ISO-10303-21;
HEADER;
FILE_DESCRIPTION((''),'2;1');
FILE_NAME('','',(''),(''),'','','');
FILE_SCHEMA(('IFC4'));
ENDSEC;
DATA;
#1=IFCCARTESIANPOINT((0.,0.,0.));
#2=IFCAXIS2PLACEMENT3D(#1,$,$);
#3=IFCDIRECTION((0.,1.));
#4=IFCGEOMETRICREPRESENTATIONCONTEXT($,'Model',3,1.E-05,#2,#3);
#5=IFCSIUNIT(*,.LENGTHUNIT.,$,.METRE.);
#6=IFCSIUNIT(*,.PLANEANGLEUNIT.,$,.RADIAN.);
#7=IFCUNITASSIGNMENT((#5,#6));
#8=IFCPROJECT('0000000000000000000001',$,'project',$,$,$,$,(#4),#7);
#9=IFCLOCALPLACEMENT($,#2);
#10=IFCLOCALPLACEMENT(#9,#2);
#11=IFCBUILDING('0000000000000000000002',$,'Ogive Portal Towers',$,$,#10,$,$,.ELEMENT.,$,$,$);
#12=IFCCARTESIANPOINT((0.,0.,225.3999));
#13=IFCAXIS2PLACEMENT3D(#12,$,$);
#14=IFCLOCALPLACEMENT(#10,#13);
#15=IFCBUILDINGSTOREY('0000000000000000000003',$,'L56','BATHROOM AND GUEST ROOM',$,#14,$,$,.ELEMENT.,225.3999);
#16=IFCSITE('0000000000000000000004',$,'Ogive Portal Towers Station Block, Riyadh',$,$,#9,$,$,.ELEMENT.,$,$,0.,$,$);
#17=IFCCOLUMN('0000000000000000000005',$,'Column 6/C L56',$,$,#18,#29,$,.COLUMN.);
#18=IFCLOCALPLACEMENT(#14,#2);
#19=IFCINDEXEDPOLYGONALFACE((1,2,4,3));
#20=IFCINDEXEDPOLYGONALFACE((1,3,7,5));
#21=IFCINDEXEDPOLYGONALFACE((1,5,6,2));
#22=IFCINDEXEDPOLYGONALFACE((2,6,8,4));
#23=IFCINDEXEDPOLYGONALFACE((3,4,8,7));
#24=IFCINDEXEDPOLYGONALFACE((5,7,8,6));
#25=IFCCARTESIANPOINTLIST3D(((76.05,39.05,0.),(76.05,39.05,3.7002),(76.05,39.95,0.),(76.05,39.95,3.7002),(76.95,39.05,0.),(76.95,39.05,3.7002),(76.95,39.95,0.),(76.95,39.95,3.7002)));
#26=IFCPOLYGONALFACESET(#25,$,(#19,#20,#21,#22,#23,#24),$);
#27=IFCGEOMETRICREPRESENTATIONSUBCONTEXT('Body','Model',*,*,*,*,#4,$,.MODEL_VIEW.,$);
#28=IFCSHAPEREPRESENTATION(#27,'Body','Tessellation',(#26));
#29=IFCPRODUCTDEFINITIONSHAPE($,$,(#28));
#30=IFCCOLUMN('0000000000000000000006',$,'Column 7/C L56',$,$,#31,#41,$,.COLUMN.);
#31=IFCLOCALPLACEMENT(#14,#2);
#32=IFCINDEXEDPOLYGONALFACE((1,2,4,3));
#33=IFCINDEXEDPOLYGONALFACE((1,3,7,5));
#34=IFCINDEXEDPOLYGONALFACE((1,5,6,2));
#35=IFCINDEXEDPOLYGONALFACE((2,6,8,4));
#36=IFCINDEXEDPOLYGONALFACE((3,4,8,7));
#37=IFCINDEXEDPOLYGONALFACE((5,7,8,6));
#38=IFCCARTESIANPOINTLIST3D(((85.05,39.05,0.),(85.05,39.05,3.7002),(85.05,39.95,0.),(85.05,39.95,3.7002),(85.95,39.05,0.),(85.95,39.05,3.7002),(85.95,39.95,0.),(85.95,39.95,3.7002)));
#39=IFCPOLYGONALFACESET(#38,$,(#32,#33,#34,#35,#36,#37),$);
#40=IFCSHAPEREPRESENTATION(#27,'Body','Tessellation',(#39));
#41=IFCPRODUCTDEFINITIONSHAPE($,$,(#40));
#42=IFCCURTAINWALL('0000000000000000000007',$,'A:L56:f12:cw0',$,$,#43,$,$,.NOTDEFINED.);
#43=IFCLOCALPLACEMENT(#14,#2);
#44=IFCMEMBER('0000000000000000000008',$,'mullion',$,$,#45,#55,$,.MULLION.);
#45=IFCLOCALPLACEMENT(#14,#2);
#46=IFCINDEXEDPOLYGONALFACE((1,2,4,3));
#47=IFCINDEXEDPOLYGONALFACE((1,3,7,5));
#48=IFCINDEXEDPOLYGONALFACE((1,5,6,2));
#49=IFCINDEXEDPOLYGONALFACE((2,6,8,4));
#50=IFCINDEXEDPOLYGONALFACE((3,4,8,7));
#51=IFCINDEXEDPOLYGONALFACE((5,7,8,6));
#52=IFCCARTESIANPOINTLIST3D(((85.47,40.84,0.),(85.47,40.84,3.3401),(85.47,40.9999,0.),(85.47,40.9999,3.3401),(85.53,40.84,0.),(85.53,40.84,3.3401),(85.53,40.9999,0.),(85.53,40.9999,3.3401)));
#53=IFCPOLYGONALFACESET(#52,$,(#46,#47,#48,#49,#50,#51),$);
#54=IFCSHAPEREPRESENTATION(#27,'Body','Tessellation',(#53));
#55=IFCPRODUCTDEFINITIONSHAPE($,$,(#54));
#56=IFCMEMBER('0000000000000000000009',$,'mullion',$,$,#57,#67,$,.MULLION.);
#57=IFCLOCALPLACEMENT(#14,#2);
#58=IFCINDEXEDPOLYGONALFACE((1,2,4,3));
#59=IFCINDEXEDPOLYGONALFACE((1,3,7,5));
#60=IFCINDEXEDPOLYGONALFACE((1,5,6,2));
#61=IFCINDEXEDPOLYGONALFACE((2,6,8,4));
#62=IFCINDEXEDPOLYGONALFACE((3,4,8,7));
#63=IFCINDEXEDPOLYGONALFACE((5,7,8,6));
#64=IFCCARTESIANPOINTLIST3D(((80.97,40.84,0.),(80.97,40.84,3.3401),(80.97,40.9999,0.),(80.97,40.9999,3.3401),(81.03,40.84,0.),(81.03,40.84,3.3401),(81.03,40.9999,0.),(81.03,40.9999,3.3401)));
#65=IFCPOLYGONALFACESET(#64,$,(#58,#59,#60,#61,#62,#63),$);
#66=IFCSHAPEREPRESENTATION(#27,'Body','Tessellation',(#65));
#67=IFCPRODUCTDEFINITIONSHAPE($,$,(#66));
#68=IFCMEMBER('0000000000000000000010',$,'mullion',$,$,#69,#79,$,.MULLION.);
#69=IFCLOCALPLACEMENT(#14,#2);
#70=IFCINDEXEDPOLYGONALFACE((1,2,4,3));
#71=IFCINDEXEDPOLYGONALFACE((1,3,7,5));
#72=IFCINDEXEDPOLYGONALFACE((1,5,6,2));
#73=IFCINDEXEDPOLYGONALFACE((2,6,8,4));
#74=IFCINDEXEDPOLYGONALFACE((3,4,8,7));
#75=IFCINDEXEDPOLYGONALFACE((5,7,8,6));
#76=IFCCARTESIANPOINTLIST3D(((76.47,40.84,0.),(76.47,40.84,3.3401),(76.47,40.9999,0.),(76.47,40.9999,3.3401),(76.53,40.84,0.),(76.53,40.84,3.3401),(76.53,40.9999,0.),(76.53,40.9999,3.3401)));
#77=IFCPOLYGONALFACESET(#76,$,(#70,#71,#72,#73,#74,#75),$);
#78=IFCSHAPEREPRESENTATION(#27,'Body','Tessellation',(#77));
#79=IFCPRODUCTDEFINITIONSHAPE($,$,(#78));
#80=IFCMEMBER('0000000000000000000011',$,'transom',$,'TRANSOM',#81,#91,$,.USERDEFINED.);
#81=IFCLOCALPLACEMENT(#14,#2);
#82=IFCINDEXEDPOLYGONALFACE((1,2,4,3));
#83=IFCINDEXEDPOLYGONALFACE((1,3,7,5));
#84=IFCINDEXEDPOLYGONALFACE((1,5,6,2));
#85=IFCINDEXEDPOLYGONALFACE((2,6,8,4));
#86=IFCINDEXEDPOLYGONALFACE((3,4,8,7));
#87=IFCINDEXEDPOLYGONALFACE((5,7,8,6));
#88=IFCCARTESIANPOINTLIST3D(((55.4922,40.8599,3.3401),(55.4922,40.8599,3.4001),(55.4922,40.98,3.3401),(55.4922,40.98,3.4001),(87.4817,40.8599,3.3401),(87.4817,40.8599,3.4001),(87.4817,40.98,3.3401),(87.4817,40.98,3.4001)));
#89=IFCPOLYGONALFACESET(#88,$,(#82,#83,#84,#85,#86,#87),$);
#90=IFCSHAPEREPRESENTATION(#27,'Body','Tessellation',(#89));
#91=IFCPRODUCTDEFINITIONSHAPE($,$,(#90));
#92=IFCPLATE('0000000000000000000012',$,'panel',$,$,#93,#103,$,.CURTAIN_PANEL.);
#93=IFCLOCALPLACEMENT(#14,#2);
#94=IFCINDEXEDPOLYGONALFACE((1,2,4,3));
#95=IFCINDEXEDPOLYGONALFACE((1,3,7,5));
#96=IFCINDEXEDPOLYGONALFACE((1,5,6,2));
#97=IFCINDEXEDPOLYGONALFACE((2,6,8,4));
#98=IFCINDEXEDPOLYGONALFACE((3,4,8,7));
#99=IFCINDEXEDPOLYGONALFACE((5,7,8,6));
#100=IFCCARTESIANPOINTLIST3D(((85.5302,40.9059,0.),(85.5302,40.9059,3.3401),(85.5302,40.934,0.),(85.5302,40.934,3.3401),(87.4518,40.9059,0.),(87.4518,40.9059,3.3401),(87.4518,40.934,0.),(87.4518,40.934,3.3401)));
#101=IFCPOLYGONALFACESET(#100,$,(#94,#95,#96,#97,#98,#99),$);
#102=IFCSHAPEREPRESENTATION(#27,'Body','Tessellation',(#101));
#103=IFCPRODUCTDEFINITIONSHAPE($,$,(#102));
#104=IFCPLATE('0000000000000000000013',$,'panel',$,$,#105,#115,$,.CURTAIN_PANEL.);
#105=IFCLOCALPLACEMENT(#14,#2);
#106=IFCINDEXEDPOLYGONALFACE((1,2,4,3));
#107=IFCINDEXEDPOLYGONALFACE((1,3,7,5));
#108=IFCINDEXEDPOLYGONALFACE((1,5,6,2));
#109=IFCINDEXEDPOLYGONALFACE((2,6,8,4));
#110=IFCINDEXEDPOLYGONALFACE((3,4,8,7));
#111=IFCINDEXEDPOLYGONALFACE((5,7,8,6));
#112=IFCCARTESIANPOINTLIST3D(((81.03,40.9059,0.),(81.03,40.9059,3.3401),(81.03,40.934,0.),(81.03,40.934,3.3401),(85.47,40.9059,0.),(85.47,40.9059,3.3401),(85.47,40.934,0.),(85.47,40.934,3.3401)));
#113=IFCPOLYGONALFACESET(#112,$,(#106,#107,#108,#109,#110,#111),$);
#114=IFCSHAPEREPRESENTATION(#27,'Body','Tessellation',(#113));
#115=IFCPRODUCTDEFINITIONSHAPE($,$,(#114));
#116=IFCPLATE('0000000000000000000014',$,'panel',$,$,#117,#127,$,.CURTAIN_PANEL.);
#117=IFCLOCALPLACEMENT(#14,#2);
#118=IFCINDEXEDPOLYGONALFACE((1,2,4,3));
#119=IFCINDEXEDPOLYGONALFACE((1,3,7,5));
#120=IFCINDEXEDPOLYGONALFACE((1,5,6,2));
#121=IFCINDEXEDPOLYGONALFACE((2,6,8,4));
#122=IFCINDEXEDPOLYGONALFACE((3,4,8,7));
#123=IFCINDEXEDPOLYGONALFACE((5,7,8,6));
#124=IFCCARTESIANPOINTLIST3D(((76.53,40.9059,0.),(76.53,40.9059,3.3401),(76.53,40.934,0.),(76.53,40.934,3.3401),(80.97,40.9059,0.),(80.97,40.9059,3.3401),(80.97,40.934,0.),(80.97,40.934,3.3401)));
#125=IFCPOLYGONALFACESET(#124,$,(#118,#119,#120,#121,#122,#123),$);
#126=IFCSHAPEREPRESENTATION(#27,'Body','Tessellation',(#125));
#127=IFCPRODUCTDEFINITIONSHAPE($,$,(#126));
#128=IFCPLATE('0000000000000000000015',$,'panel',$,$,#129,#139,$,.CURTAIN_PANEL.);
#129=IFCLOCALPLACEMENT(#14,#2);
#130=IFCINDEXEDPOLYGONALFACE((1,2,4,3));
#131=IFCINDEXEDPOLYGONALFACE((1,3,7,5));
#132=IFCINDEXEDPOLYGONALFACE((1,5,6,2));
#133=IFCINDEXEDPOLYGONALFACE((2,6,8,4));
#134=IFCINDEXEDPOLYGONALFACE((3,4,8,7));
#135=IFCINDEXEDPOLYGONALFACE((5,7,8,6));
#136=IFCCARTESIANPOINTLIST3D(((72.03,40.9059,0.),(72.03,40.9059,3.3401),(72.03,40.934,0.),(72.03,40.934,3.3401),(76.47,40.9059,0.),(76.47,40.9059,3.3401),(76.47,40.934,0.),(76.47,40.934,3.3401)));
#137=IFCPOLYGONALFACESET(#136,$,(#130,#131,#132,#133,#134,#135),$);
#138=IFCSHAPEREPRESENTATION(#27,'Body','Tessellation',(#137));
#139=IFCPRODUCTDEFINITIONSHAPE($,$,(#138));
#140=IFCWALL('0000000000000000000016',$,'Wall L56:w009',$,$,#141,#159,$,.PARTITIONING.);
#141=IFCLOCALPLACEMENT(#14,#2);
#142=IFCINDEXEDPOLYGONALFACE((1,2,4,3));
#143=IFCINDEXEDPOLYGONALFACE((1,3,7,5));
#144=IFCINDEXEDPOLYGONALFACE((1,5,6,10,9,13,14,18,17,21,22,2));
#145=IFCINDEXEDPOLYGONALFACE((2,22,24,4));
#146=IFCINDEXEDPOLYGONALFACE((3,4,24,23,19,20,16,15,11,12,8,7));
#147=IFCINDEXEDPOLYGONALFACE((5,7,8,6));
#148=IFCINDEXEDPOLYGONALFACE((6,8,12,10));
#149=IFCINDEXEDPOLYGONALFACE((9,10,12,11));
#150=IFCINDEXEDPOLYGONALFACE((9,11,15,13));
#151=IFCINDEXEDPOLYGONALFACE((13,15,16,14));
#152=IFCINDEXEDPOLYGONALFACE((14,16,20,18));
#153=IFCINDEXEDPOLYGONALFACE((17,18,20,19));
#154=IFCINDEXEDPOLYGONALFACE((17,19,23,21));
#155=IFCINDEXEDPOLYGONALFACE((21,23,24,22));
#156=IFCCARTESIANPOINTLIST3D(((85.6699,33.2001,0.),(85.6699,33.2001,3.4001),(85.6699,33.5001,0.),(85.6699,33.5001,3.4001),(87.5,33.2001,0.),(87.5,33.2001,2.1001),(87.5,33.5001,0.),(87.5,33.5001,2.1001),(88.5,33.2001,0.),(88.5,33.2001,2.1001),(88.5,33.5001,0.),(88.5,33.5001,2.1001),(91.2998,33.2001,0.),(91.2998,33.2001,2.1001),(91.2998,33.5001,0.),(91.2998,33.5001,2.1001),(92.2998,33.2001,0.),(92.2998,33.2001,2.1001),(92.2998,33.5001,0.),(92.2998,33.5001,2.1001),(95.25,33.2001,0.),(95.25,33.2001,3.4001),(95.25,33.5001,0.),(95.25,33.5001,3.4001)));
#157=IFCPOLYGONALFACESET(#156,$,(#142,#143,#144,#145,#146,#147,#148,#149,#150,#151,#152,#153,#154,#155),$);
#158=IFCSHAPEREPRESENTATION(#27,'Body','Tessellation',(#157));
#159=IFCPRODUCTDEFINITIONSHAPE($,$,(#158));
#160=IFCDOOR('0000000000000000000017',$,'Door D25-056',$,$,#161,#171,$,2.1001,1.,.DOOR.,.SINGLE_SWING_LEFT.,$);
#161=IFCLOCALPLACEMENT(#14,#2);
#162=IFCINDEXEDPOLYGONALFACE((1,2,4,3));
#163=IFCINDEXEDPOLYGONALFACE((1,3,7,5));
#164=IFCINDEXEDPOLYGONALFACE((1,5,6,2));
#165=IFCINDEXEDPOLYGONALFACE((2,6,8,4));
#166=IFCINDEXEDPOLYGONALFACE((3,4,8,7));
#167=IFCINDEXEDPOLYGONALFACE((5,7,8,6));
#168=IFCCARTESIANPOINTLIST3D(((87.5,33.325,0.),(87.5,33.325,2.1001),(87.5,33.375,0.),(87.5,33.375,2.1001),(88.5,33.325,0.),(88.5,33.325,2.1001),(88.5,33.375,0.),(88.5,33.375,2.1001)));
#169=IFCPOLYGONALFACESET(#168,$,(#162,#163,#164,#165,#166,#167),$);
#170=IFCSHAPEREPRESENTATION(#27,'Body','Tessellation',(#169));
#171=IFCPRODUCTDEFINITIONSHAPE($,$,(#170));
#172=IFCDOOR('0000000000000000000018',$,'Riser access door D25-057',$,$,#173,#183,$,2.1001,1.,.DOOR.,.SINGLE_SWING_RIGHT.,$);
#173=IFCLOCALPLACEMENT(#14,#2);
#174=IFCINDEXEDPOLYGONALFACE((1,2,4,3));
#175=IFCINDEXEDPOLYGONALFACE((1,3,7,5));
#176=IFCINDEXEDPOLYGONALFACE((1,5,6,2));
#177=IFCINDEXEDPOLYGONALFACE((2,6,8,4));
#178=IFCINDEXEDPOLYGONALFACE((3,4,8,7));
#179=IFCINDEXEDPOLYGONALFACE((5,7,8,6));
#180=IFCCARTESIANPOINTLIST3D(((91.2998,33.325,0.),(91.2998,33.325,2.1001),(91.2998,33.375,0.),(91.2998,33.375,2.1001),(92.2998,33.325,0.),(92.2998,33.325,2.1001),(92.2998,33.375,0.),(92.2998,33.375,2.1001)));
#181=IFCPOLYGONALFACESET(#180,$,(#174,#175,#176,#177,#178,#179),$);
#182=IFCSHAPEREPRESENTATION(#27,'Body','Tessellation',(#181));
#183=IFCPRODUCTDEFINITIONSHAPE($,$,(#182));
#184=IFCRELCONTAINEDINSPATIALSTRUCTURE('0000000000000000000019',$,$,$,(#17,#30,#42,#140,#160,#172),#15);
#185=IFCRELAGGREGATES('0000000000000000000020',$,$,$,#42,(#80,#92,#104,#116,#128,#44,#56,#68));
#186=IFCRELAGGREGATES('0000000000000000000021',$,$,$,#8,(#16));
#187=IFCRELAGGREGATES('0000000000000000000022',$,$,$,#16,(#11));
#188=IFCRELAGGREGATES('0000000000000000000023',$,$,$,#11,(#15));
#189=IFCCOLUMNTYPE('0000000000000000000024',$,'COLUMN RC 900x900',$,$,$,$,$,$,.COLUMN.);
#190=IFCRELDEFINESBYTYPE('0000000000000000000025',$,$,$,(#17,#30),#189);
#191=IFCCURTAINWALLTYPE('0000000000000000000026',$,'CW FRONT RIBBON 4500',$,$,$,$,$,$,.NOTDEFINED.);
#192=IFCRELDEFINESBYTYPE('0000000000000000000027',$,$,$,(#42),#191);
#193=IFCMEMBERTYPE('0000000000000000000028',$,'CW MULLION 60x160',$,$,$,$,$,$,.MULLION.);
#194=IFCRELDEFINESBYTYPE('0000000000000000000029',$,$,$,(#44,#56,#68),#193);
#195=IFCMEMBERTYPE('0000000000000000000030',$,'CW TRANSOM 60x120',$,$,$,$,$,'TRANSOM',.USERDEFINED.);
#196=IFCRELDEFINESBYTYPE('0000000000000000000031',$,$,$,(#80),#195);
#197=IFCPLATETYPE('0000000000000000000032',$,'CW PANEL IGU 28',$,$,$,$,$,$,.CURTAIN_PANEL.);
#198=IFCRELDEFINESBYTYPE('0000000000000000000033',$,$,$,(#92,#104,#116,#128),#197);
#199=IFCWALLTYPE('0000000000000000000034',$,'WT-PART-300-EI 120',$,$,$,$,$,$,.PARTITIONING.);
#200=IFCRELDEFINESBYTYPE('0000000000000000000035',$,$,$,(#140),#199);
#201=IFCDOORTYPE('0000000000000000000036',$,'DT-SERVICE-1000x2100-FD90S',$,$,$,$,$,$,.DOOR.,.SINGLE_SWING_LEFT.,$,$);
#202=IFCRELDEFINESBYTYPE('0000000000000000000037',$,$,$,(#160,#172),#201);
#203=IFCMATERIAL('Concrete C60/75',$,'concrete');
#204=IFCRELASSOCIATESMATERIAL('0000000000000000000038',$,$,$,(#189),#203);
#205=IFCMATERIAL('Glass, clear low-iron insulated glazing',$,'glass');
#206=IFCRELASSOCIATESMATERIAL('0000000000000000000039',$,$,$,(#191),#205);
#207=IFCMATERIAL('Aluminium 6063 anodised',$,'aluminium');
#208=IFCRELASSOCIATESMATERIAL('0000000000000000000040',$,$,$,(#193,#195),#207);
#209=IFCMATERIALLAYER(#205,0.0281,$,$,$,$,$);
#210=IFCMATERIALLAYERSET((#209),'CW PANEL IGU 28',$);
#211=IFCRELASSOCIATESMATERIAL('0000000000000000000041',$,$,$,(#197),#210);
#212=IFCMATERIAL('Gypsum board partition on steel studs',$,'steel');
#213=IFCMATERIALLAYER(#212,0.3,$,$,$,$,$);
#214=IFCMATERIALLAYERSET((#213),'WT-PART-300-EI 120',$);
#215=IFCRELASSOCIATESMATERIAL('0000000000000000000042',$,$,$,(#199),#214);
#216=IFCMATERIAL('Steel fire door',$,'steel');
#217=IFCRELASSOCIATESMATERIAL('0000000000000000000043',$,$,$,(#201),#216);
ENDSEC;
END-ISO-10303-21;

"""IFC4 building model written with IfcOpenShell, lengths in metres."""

from ifc_helpers import new_model, si_unit, direction, frame, frame_2d, origin, origin_2d, place, context, subcontext, project, spatial, rectangle, extrude, material, layer, layer_set, material_profile, profile_set, type_object, element, fill, aggregate, save


model = new_model("IFC4")

# Units and contexts
model_context = context("Model", 3, precision=1e-05, world=origin(), true_north=direction((0.0, 1.0)))
body_context = subcontext(model_context, "Body", "Model", "MODEL_VIEW")
ifc_project = project(units=[si_unit("LENGTHUNIT", "METRE"), si_unit("PLANEANGLEUNIT", "RADIAN")], contexts=[model_context])

# Site, building, storey
site_placement = place(None, origin())
site = spatial("IfcSite", under=ifc_project, at=site_placement, Name="Ogive Portal Towers Station Block, Riyadh", CompositionType="ELEMENT", RefElevation=0.0)
building_placement = place(site_placement, origin())
building = spatial("IfcBuilding", under=site, at=building_placement, Name="Ogive Portal Towers", CompositionType="ELEMENT")
storey_placement = place(building_placement, frame((0.0, 0.0, 225.3999)))
storey = spatial("IfcBuildingStorey", under=building, at=storey_placement, Name="L56", Description="BATHROOM AND GUEST ROOM", CompositionType="ELEMENT", Elevation=225.3999)

# Columns
ifc_material_1 = material(Name="Concrete C60/75", Category="concrete")
ifc_material_profile_1 = material_profile(ifc_material_1, rectangle(XDim=0.8999, YDim=0.8999, at=origin_2d()), Name="RC 900x900")
ifc_profile_set_1 = profile_set([ifc_material_profile_1], Name="Concrete C60/75")
column_type = type_object("IfcColumnType", Name="COLUMN RC 900x900", PredefinedType="COLUMN", material=ifc_profile_set_1)
for number, where, z_axis, x_axis, name in (
    (1, (76.5, 39.5, 0.0), (0.0, 0.0, 1.0), (1.0, 0.0, 0.0), "Column 6/C L56"),
    (2, (85.5, 39.5, 0.0), (0.0, 0.0, 1.0), (1.0, 0.0, 0.0), "Column 7/C L56"),
):
    element("IfcColumn", number, at=place(storey_placement, frame(where, z_axis=z_axis, x_axis=x_axis)), inside=storey, type_object=column_type, Name=name, PredefinedType="COLUMN", context=body_context, shape_type="SweptSolid", body=[
        extrude(rectangle(XDim=0.8999, YDim=0.8999, at=origin_2d()), origin(), (0.0, 0.0, 1.0), 3.7002),
    ])

# Curtain wall, members, plates
ifc_material_2 = material(Name="Glass, clear low-iron insulated glazing", Category="glass")
curtain_wall_type = type_object("IfcCurtainWallType", Name="CW FRONT RIBBON 4500", PredefinedType="NOTDEFINED", material=ifc_material_2)
curtain_wall_placement = place(storey_placement, origin())
curtain_wall = element("IfcCurtainWall", 3, at=curtain_wall_placement, inside=storey, type_object=curtain_wall_type, Name="A:L56:f12:cw0", PredefinedType="NOTDEFINED")
ifc_material_3 = material(Name="Aluminium 6063 anodised", Category="aluminium")
ifc_material_profile_2 = material_profile(ifc_material_3, rectangle(XDim=0.1599, YDim=0.0601, at=origin_2d()), Name="AL 60x160")
ifc_profile_set_2 = profile_set([ifc_material_profile_2], Name="Aluminium 6063 anodised")
member_type_1 = type_object("IfcMemberType", Name="CW MULLION 60x160", PredefinedType="MULLION", material=ifc_profile_set_2)
member_1_placement = place(storey_placement, frame((85.5, 40.9199, 0.0), z_axis=(0.0, 0.0, 1.0), x_axis=(0.0, -1.0, 0.0)))
member_1 = element("IfcMember", 4, at=member_1_placement, type_object=member_type_1, Name="mullion", PredefinedType="MULLION", context=body_context, shape_type="SweptSolid", body=[
    extrude(rectangle(XDim=0.1599, YDim=0.0601, at=origin_2d()), origin(), (0.0, 0.0, 1.0), 3.3401),
])
member_2_placement = place(storey_placement, frame((81.0, 40.9199, 0.0), z_axis=(0.0, 0.0, 1.0), x_axis=(0.0, -1.0, 0.0)))
member_2 = element("IfcMember", 5, at=member_2_placement, type_object=member_type_1, Name="mullion", PredefinedType="MULLION", context=body_context, shape_type="SweptSolid", body=[
    extrude(rectangle(XDim=0.1599, YDim=0.0601, at=origin_2d()), origin(), (0.0, 0.0, 1.0), 3.3401),
])
member_3_placement = place(storey_placement, frame((76.5, 40.9199, 0.0), z_axis=(0.0, 0.0, 1.0), x_axis=(0.0, -1.0, 0.0)))
member_3 = element("IfcMember", 6, at=member_3_placement, type_object=member_type_1, Name="mullion", PredefinedType="MULLION", context=body_context, shape_type="SweptSolid", body=[
    extrude(rectangle(XDim=0.1599, YDim=0.0601, at=origin_2d()), origin(), (0.0, 0.0, 1.0), 3.3401),
])
ifc_material_profile_3 = material_profile(ifc_material_3, rectangle(XDim=0.1201, YDim=0.0601, at=origin_2d()), Name="AL 120x60")
ifc_profile_set_3 = profile_set([ifc_material_profile_3], Name="Aluminium 6063 anodised")
member_type_2 = type_object("IfcMemberType", Name="CW TRANSOM 60x120", ElementType="TRANSOM", PredefinedType="USERDEFINED", material=ifc_profile_set_3)
member_4_placement = place(storey_placement, frame((87.4817, 40.9199, 3.3701), z_axis=(-1.0, 0.0, 0.0), x_axis=(0.0, -1.0, 0.0)))
member_4 = element("IfcMember", 7, at=member_4_placement, type_object=member_type_2, Name="transom", ObjectType="TRANSOM", PredefinedType="USERDEFINED", context=body_context, shape_type="SweptSolid", body=[
    extrude(rectangle(XDim=0.1201, YDim=0.0601, at=origin_2d()), origin(), (0.0, 0.0, 1.0), 31.9895),
])
ifc_layer_1 = layer(ifc_material_2, 0.0281)
ifc_layer_set_1 = layer_set([ifc_layer_1], Name="CW PANEL IGU 28")
plate_type = type_object("IfcPlateType", Name="CW PANEL IGU 28", PredefinedType="CURTAIN_PANEL", material=ifc_layer_set_1)
plate_1_placement = place(storey_placement, frame((86.491, 40.9199, 0.0), z_axis=(0.0, 0.0, 1.0), x_axis=(-1.0, 0.0, 0.0)))
plate_1 = element("IfcPlate", 8, at=plate_1_placement, type_object=plate_type, Name="panel", PredefinedType="CURTAIN_PANEL", context=body_context, shape_type="SweptSolid", body=[
    extrude(rectangle(XDim=1.9216, YDim=0.0281, at=origin_2d()), origin(), (0.0, 0.0, 1.0), 3.3401),
])
plate_2_placement = place(storey_placement, frame((83.25, 40.9199, 0.0), z_axis=(0.0, 0.0, 1.0), x_axis=(-1.0, 0.0, 0.0)))
plate_2 = element("IfcPlate", 9, at=plate_2_placement, type_object=plate_type, Name="panel", PredefinedType="CURTAIN_PANEL", context=body_context, shape_type="SweptSolid", body=[
    extrude(rectangle(XDim=4.4399, YDim=0.0281, at=origin_2d()), origin(), (0.0, 0.0, 1.0), 3.3401),
])
plate_3_placement = place(storey_placement, frame((78.75, 40.9199, 0.0), z_axis=(0.0, 0.0, 1.0), x_axis=(-1.0, 0.0, 0.0)))
plate_3 = element("IfcPlate", 10, at=plate_3_placement, type_object=plate_type, Name="panel", PredefinedType="CURTAIN_PANEL", context=body_context, shape_type="SweptSolid", body=[
    extrude(rectangle(XDim=4.4399, YDim=0.0281, at=origin_2d()), origin(), (0.0, 0.0, 1.0), 3.3401),
])
plate_4_placement = place(storey_placement, frame((74.25, 40.9199, 0.0), z_axis=(0.0, 0.0, 1.0), x_axis=(-1.0, 0.0, 0.0)))
plate_4 = element("IfcPlate", 11, at=plate_4_placement, type_object=plate_type, Name="panel", PredefinedType="CURTAIN_PANEL", context=body_context, shape_type="SweptSolid", body=[
    extrude(rectangle(XDim=4.4399, YDim=0.0281, at=origin_2d()), origin(), (0.0, 0.0, 1.0), 3.3401),
])
aggregate(curtain_wall, [member_4, plate_1, plate_2, plate_3, plate_4, member_1, member_2, member_3])

# Wall, openings, doors
ifc_material_4 = material(Name="Gypsum board partition on steel studs", Category="steel")
ifc_layer_2 = layer(ifc_material_4, 0.3)
ifc_layer_set_2 = layer_set([ifc_layer_2], Name="WT-PART-300-EI 120")
wall_type_1 = type_object("IfcWallType", Name="WT-PART-300-EI 120", PredefinedType="PARTITIONING", material=ifc_layer_set_2)
wall_1_placement = place(storey_placement, frame((85.6699, 33.3501, 0.0), z_axis=(0.0, 0.0, 1.0), x_axis=(1.0, 0.0, 0.0)))
wall_1 = element("IfcWall", 12, at=wall_1_placement, inside=storey, type_object=wall_type_1, Name="Wall L56:w009", PredefinedType="PARTITIONING", context=body_context, shape_type="SweptSolid", body=[
    extrude(rectangle(XDim=9.5801, YDim=0.3, at=frame_2d((4.79, 0.0))), origin(), (0.0, 0.0, 1.0), 3.4001),
])
opening_1_placement = place(wall_1_placement, frame((1.8301, 0.0, 0.0)))
opening_1 = element("IfcOpeningElement", 13, at=opening_1_placement, cuts=wall_1, PredefinedType="OPENING", context=body_context, shape_type="SweptSolid", body=[
    extrude(rectangle(XDim=1.0, YDim=2.1001, at=frame_2d((0.5, 1.05))), frame((0.0, 0.1602, 0.0), z_axis=(0.0, -1.0, 0.0), x_axis=(1.0, 0.0, 0.0)), (0.0, 0.0, 1.0), 0.3201),
])
opening_2_placement = place(wall_1_placement, frame((5.6299, 0.0, 0.0)))
opening_2 = element("IfcOpeningElement", 14, at=opening_2_placement, cuts=wall_1, PredefinedType="OPENING", context=body_context, shape_type="SweptSolid", body=[
    extrude(rectangle(XDim=1.0, YDim=2.1001, at=frame_2d((0.5, 1.05))), frame((0.0, 0.1602, 0.0), z_axis=(0.0, -1.0, 0.0), x_axis=(1.0, 0.0, 0.0)), (0.0, 0.0, 1.0), 0.3201),
])
ifc_material_5 = material(Name="Steel fire door", Category="steel")
door_type_1 = type_object("IfcDoorType", Name="DT-SERVICE-1000x2100-FD90S", OperationType="SINGLE_SWING_LEFT", PredefinedType="DOOR", material=ifc_material_5)
door_1_placement = place(opening_1_placement, origin())
door_1 = element("IfcDoor", 15, at=door_1_placement, inside=storey, type_object=door_type_1, Name="Door D25-056", OperationType="SINGLE_SWING_LEFT", OverallHeight=2.1001, OverallWidth=1.0, PredefinedType="DOOR", context=body_context, shape_type="SweptSolid", body=[
    extrude(rectangle(XDim=1.0, YDim=2.1001, at=frame_2d((0.5, 1.05))), frame((0.0, 0.0249, 0.0), z_axis=(0.0, -1.0, 0.0), x_axis=(1.0, 0.0, 0.0)), (0.0, 0.0, 1.0), 0.05),
])
fill(opening_1, door_1)
door_2_placement = place(opening_2_placement, origin())
door_2 = element("IfcDoor", 16, at=door_2_placement, inside=storey, type_object=door_type_1, Name="Riser access door D25-057", OperationType="SINGLE_SWING_RIGHT", OverallHeight=2.1001, OverallWidth=1.0, PredefinedType="DOOR", context=body_context, shape_type="SweptSolid", body=[
    extrude(rectangle(XDim=1.0, YDim=2.1001, at=frame_2d((0.5, 1.05))), frame((0.0, 0.0249, 0.0), z_axis=(0.0, -1.0, 0.0), x_axis=(1.0, 0.0, 0.0)), (0.0, 0.0, 1.0), 0.05),
])
fill(opening_2, door_2)

save(model, "model.ifc")
